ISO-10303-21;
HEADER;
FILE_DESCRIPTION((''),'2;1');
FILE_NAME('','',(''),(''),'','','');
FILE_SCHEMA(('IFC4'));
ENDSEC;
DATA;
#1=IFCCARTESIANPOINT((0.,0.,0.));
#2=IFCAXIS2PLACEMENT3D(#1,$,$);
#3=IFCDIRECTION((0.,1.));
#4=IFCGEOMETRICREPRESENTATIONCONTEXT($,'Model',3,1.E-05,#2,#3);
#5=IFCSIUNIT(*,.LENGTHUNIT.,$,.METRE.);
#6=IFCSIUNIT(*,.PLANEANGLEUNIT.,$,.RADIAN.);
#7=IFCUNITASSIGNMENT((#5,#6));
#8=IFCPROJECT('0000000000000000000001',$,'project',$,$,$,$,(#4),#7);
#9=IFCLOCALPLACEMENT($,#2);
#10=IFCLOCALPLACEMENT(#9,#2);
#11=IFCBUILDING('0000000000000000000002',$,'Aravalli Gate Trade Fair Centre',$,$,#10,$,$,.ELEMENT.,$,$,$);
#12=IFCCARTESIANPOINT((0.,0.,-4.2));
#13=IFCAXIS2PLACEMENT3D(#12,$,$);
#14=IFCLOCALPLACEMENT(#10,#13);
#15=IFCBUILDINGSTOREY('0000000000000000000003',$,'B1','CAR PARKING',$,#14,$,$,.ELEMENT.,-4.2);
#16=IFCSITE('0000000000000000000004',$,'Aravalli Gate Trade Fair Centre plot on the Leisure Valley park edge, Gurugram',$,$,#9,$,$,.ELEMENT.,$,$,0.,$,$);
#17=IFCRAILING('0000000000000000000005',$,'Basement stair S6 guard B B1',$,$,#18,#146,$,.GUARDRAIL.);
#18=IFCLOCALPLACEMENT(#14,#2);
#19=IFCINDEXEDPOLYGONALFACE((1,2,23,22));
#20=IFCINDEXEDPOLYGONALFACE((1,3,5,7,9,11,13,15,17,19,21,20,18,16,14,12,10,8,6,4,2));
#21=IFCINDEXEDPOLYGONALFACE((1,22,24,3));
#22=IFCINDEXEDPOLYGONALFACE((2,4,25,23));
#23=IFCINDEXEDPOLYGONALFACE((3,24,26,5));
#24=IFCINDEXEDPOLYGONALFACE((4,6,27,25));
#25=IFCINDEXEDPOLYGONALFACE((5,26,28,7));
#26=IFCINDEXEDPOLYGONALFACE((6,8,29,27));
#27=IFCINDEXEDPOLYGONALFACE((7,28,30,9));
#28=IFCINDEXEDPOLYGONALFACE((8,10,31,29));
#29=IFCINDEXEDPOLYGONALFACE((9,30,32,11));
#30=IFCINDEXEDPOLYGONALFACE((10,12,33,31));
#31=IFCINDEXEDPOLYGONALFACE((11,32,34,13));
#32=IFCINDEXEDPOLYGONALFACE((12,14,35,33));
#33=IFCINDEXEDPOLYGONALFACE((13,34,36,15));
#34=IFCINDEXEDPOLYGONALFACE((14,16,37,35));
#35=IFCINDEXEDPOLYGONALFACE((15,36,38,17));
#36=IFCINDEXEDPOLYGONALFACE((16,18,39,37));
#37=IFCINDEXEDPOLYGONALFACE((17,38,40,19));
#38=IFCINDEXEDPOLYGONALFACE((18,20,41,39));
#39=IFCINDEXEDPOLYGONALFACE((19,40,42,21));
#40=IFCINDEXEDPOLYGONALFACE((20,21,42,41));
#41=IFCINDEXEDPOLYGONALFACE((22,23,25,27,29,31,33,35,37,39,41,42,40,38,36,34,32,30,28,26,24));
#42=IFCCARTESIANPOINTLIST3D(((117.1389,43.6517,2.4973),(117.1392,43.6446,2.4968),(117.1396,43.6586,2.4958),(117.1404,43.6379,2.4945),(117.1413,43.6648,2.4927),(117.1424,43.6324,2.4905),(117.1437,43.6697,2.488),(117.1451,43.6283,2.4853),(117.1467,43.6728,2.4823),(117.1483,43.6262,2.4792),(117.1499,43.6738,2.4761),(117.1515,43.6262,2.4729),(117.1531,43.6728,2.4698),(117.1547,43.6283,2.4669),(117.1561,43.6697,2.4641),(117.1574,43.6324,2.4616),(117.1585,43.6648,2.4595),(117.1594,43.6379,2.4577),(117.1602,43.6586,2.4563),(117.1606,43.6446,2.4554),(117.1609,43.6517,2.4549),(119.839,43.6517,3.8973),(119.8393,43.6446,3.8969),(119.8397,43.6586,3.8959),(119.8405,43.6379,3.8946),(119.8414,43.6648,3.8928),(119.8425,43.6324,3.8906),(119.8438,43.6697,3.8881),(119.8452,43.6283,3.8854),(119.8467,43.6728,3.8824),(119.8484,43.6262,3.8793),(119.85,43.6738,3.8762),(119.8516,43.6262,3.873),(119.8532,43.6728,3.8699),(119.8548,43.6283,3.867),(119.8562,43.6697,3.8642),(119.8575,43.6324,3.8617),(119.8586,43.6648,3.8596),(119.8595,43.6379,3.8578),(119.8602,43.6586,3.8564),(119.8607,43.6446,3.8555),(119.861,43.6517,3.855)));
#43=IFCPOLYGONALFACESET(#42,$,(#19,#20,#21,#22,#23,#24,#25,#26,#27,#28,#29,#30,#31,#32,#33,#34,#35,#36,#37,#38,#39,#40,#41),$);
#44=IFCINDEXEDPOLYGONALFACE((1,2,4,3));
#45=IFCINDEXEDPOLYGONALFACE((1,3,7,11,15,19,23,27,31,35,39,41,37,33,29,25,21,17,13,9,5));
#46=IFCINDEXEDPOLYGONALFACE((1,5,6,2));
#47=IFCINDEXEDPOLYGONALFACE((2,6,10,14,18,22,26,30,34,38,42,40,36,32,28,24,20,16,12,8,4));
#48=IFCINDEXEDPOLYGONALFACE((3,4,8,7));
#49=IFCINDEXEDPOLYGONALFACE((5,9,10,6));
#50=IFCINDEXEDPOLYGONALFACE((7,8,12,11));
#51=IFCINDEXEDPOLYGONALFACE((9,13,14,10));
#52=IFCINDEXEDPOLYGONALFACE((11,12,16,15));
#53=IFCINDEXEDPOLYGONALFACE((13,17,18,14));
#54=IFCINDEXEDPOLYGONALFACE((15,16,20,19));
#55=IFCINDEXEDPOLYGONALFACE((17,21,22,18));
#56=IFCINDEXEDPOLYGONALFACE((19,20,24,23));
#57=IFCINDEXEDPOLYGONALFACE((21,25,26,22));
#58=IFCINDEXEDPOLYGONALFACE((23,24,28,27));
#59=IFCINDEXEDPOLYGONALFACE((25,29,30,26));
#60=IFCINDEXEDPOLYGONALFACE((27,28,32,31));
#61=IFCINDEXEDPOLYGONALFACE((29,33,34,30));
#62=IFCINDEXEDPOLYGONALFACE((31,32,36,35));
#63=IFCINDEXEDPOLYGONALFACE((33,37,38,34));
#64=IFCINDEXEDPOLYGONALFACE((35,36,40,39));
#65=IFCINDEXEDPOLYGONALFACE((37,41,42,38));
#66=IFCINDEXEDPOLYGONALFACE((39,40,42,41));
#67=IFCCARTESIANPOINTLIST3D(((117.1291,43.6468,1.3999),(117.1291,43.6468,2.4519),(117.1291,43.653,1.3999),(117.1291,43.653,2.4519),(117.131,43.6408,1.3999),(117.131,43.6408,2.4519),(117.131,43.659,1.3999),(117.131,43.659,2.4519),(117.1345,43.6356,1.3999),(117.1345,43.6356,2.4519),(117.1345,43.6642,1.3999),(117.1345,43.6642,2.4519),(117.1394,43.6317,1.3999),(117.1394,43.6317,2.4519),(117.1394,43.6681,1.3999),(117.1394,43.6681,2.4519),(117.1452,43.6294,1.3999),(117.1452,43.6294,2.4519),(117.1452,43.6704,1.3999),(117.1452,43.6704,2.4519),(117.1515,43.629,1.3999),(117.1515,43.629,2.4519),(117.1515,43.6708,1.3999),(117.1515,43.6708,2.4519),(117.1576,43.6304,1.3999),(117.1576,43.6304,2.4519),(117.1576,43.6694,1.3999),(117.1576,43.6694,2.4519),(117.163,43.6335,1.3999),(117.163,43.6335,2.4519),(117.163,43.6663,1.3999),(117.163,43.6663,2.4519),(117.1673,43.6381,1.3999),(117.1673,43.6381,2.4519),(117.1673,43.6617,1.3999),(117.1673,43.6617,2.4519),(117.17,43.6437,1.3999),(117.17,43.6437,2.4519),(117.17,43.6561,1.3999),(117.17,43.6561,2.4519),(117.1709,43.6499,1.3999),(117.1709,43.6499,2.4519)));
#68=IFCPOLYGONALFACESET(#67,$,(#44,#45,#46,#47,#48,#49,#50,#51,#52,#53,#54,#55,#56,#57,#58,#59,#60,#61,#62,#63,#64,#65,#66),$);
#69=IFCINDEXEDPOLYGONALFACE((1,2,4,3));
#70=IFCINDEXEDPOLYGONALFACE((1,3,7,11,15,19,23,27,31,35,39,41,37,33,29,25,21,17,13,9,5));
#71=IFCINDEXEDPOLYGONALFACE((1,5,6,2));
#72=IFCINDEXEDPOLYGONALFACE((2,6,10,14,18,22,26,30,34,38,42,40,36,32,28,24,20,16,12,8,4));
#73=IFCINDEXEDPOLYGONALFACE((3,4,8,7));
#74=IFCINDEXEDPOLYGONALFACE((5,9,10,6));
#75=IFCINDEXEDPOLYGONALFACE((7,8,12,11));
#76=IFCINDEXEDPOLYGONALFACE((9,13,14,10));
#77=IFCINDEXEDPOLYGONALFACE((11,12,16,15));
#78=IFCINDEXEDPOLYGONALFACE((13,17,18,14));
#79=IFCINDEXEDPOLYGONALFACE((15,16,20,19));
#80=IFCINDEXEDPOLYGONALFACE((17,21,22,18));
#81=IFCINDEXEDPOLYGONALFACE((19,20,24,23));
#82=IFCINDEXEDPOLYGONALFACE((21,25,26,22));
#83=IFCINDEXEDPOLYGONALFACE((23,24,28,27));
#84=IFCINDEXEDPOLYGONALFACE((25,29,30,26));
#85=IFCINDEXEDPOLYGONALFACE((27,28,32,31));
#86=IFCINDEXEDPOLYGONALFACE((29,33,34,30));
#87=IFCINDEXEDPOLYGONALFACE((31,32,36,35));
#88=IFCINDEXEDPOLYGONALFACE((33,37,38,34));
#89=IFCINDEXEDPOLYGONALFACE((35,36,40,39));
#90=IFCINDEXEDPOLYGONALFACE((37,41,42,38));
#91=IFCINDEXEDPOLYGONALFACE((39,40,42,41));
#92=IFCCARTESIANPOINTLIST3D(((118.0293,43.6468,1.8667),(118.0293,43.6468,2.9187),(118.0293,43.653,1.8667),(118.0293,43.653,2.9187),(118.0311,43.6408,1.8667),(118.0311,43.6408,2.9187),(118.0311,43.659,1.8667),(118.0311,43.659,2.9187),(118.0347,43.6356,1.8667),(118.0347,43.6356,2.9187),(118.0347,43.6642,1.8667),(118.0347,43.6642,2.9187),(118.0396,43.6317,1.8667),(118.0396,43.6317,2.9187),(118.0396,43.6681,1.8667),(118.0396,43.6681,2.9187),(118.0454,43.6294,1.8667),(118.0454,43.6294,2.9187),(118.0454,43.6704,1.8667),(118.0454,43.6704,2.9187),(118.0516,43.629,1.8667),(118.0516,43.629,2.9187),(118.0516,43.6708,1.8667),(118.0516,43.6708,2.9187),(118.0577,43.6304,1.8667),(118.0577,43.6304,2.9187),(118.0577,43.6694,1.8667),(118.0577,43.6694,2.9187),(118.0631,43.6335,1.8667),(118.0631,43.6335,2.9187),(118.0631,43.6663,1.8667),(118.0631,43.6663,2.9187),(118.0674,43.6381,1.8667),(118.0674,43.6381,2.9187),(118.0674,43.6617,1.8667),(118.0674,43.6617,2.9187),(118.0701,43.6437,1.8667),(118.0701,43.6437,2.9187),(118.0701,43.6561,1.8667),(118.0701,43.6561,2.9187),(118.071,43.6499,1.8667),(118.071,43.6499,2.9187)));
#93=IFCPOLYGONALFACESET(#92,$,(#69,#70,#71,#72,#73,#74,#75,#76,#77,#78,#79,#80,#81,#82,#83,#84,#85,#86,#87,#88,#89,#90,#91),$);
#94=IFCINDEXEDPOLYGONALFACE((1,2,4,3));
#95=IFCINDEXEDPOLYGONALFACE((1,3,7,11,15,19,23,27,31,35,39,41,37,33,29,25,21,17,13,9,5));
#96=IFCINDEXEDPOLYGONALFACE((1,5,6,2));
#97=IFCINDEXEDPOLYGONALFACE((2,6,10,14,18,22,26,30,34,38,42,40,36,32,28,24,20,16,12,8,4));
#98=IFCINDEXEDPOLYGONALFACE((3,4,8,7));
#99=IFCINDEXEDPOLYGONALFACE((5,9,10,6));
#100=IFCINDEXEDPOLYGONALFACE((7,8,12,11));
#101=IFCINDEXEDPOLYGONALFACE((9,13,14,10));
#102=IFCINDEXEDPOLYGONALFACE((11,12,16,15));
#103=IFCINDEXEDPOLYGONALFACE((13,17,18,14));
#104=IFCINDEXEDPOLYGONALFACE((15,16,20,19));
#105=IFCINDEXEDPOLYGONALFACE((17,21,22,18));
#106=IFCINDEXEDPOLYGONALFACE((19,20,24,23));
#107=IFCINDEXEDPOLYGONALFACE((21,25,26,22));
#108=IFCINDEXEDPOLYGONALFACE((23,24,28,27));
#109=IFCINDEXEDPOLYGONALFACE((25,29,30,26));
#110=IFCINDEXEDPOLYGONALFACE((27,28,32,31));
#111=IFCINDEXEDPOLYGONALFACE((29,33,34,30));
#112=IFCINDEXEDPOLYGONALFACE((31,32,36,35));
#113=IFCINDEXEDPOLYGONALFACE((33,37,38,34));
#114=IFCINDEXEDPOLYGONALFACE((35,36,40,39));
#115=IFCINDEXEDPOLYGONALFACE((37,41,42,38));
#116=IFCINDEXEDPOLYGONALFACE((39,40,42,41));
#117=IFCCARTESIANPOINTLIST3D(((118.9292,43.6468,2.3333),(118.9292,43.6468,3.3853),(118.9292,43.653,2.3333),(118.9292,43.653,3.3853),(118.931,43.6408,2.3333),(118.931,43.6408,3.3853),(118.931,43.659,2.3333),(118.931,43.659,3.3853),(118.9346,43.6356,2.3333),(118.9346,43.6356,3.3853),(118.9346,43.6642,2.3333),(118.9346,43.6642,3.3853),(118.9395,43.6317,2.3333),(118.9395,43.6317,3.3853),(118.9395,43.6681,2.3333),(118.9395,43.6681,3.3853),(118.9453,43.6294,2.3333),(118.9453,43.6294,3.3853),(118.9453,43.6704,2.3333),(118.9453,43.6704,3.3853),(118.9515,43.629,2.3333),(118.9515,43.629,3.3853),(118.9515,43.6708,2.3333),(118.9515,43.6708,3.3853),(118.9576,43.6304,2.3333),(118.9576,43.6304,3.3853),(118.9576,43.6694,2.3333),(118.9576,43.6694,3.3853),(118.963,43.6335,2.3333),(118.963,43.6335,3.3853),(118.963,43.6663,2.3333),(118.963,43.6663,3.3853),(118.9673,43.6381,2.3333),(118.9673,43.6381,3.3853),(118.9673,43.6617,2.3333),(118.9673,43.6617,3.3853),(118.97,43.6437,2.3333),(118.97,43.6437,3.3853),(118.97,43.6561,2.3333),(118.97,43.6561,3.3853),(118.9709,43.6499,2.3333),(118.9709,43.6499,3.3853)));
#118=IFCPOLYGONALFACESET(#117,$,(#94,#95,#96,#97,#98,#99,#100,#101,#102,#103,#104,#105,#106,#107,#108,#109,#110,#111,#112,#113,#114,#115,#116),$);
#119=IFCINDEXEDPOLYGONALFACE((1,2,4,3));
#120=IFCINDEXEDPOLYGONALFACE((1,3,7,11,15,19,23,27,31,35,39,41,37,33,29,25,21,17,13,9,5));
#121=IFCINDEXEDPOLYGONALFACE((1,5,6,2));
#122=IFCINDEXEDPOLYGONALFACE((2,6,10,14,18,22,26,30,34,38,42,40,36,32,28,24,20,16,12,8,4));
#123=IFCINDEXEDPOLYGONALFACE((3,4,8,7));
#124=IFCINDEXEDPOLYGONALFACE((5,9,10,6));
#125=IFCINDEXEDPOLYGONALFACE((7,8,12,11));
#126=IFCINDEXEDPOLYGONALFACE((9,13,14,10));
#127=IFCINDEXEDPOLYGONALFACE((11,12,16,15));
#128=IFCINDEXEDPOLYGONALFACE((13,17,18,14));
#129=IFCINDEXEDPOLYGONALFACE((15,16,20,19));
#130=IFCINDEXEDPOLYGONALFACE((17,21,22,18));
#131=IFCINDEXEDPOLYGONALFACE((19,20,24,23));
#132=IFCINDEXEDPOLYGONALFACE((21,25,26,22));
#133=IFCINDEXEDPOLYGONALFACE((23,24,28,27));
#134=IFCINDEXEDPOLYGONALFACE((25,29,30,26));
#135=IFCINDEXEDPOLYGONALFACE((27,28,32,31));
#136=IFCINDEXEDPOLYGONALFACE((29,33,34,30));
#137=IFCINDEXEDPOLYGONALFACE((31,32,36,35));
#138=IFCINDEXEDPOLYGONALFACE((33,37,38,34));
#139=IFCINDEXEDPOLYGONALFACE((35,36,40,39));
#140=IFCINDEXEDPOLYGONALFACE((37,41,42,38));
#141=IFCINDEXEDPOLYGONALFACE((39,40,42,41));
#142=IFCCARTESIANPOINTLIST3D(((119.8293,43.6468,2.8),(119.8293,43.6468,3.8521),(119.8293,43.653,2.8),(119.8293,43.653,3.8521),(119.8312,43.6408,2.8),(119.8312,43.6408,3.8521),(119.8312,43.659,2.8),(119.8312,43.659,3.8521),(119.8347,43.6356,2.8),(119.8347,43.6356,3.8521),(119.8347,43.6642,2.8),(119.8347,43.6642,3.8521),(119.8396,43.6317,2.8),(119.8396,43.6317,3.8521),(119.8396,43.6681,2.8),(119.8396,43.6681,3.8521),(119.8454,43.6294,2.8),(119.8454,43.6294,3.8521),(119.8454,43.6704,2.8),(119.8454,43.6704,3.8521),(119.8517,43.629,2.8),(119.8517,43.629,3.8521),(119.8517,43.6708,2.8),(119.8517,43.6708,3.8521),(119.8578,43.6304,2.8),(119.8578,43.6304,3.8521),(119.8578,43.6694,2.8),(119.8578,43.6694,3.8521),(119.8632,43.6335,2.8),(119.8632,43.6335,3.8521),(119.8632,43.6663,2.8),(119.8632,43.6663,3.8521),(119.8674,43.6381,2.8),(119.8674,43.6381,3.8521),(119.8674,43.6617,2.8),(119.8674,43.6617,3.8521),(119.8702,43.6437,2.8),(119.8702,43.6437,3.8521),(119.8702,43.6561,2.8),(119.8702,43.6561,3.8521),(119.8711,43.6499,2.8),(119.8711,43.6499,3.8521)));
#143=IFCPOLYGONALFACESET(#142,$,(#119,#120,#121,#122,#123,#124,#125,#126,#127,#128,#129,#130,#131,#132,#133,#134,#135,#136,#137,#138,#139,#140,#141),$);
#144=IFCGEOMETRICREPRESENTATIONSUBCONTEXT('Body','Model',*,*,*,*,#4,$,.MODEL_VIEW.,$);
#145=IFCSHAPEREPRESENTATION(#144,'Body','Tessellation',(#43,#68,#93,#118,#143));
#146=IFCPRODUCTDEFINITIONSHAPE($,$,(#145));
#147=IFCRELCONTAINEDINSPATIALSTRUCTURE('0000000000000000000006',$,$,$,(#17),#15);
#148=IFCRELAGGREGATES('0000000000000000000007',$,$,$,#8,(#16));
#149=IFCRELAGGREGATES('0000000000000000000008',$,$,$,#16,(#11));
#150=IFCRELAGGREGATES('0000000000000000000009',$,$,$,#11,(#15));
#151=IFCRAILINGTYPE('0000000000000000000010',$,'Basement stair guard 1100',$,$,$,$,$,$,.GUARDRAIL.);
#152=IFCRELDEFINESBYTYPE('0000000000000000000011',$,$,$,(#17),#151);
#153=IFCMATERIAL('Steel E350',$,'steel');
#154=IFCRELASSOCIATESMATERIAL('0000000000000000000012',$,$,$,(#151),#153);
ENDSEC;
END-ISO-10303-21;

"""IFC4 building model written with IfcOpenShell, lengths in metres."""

from ifc_helpers import new_model, si_unit, direction, frame, origin, origin_2d, place, context, subcontext, project, spatial, circle, extrude, material, type_object, element, save


model = new_model("IFC4")

# Units and contexts
model_context = context("Model", 3, precision=1e-05, world=origin(), true_north=direction((0.0, 1.0)))
body_context = subcontext(model_context, "Body", "Model", "MODEL_VIEW")
ifc_project = project(units=[si_unit("LENGTHUNIT", "METRE"), si_unit("PLANEANGLEUNIT", "RADIAN")], contexts=[model_context])

# Site, building, storey
site_placement = place(None, origin())
site = spatial("IfcSite", under=ifc_project, at=site_placement, Name="Aravalli Gate Trade Fair Centre plot on the Leisure Valley park edge, Gurugram", CompositionType="ELEMENT", RefElevation=0.0)
building_placement = place(site_placement, origin())
building = spatial("IfcBuilding", under=site, at=building_placement, Name="Aravalli Gate Trade Fair Centre", CompositionType="ELEMENT")
storey_placement = place(building_placement, frame((0.0, 0.0, -4.2)))
storey = spatial("IfcBuildingStorey", under=building, at=storey_placement, Name="B1", Description="CAR PARKING", CompositionType="ELEMENT", Elevation=-4.2)

# Railing
ifc_material_1 = material(Name="Steel E350", Category="steel")
railing_type_1 = type_object("IfcRailingType", Name="Basement stair guard 1100", PredefinedType="GUARDRAIL", material=ifc_material_1)
railing_1_placement = place(storey_placement, frame((117.1499, 43.6499, 1.3999)))
element("IfcRailing", 1, at=railing_1_placement, inside=storey, type_object=railing_type_1, Name="Basement stair S6 guard B B1", PredefinedType="GUARDRAIL", context=body_context, shape_type="SweptSolid", body=[
    extrude(circle(Radius=0.0239, at=origin_2d()), frame((0.0, 0.0, 1.0762), z_axis=(0.887748, 0.0, 0.460329), x_axis=(0.0, 1.0, 0.0)), (0.0, 0.0, 1.0), 3.0415),
    extrude(circle(Radius=0.021, at=origin_2d()), origin(), (0.0, 0.0, 1.0), 1.052),
    extrude(circle(Radius=0.021, at=origin_2d()), frame((0.9001, 0.0, 0.4668)), (0.0, 0.0, 1.0), 1.052),
    extrude(circle(Radius=0.021, at=origin_2d()), frame((1.8, 0.0, 0.9333)), (0.0, 0.0, 1.0), 1.052),
    extrude(circle(Radius=0.021, at=origin_2d()), frame((2.7002, 0.0, 1.4001)), (0.0, 0.0, 1.0), 1.052),
])

save(model, "model.ifc")
